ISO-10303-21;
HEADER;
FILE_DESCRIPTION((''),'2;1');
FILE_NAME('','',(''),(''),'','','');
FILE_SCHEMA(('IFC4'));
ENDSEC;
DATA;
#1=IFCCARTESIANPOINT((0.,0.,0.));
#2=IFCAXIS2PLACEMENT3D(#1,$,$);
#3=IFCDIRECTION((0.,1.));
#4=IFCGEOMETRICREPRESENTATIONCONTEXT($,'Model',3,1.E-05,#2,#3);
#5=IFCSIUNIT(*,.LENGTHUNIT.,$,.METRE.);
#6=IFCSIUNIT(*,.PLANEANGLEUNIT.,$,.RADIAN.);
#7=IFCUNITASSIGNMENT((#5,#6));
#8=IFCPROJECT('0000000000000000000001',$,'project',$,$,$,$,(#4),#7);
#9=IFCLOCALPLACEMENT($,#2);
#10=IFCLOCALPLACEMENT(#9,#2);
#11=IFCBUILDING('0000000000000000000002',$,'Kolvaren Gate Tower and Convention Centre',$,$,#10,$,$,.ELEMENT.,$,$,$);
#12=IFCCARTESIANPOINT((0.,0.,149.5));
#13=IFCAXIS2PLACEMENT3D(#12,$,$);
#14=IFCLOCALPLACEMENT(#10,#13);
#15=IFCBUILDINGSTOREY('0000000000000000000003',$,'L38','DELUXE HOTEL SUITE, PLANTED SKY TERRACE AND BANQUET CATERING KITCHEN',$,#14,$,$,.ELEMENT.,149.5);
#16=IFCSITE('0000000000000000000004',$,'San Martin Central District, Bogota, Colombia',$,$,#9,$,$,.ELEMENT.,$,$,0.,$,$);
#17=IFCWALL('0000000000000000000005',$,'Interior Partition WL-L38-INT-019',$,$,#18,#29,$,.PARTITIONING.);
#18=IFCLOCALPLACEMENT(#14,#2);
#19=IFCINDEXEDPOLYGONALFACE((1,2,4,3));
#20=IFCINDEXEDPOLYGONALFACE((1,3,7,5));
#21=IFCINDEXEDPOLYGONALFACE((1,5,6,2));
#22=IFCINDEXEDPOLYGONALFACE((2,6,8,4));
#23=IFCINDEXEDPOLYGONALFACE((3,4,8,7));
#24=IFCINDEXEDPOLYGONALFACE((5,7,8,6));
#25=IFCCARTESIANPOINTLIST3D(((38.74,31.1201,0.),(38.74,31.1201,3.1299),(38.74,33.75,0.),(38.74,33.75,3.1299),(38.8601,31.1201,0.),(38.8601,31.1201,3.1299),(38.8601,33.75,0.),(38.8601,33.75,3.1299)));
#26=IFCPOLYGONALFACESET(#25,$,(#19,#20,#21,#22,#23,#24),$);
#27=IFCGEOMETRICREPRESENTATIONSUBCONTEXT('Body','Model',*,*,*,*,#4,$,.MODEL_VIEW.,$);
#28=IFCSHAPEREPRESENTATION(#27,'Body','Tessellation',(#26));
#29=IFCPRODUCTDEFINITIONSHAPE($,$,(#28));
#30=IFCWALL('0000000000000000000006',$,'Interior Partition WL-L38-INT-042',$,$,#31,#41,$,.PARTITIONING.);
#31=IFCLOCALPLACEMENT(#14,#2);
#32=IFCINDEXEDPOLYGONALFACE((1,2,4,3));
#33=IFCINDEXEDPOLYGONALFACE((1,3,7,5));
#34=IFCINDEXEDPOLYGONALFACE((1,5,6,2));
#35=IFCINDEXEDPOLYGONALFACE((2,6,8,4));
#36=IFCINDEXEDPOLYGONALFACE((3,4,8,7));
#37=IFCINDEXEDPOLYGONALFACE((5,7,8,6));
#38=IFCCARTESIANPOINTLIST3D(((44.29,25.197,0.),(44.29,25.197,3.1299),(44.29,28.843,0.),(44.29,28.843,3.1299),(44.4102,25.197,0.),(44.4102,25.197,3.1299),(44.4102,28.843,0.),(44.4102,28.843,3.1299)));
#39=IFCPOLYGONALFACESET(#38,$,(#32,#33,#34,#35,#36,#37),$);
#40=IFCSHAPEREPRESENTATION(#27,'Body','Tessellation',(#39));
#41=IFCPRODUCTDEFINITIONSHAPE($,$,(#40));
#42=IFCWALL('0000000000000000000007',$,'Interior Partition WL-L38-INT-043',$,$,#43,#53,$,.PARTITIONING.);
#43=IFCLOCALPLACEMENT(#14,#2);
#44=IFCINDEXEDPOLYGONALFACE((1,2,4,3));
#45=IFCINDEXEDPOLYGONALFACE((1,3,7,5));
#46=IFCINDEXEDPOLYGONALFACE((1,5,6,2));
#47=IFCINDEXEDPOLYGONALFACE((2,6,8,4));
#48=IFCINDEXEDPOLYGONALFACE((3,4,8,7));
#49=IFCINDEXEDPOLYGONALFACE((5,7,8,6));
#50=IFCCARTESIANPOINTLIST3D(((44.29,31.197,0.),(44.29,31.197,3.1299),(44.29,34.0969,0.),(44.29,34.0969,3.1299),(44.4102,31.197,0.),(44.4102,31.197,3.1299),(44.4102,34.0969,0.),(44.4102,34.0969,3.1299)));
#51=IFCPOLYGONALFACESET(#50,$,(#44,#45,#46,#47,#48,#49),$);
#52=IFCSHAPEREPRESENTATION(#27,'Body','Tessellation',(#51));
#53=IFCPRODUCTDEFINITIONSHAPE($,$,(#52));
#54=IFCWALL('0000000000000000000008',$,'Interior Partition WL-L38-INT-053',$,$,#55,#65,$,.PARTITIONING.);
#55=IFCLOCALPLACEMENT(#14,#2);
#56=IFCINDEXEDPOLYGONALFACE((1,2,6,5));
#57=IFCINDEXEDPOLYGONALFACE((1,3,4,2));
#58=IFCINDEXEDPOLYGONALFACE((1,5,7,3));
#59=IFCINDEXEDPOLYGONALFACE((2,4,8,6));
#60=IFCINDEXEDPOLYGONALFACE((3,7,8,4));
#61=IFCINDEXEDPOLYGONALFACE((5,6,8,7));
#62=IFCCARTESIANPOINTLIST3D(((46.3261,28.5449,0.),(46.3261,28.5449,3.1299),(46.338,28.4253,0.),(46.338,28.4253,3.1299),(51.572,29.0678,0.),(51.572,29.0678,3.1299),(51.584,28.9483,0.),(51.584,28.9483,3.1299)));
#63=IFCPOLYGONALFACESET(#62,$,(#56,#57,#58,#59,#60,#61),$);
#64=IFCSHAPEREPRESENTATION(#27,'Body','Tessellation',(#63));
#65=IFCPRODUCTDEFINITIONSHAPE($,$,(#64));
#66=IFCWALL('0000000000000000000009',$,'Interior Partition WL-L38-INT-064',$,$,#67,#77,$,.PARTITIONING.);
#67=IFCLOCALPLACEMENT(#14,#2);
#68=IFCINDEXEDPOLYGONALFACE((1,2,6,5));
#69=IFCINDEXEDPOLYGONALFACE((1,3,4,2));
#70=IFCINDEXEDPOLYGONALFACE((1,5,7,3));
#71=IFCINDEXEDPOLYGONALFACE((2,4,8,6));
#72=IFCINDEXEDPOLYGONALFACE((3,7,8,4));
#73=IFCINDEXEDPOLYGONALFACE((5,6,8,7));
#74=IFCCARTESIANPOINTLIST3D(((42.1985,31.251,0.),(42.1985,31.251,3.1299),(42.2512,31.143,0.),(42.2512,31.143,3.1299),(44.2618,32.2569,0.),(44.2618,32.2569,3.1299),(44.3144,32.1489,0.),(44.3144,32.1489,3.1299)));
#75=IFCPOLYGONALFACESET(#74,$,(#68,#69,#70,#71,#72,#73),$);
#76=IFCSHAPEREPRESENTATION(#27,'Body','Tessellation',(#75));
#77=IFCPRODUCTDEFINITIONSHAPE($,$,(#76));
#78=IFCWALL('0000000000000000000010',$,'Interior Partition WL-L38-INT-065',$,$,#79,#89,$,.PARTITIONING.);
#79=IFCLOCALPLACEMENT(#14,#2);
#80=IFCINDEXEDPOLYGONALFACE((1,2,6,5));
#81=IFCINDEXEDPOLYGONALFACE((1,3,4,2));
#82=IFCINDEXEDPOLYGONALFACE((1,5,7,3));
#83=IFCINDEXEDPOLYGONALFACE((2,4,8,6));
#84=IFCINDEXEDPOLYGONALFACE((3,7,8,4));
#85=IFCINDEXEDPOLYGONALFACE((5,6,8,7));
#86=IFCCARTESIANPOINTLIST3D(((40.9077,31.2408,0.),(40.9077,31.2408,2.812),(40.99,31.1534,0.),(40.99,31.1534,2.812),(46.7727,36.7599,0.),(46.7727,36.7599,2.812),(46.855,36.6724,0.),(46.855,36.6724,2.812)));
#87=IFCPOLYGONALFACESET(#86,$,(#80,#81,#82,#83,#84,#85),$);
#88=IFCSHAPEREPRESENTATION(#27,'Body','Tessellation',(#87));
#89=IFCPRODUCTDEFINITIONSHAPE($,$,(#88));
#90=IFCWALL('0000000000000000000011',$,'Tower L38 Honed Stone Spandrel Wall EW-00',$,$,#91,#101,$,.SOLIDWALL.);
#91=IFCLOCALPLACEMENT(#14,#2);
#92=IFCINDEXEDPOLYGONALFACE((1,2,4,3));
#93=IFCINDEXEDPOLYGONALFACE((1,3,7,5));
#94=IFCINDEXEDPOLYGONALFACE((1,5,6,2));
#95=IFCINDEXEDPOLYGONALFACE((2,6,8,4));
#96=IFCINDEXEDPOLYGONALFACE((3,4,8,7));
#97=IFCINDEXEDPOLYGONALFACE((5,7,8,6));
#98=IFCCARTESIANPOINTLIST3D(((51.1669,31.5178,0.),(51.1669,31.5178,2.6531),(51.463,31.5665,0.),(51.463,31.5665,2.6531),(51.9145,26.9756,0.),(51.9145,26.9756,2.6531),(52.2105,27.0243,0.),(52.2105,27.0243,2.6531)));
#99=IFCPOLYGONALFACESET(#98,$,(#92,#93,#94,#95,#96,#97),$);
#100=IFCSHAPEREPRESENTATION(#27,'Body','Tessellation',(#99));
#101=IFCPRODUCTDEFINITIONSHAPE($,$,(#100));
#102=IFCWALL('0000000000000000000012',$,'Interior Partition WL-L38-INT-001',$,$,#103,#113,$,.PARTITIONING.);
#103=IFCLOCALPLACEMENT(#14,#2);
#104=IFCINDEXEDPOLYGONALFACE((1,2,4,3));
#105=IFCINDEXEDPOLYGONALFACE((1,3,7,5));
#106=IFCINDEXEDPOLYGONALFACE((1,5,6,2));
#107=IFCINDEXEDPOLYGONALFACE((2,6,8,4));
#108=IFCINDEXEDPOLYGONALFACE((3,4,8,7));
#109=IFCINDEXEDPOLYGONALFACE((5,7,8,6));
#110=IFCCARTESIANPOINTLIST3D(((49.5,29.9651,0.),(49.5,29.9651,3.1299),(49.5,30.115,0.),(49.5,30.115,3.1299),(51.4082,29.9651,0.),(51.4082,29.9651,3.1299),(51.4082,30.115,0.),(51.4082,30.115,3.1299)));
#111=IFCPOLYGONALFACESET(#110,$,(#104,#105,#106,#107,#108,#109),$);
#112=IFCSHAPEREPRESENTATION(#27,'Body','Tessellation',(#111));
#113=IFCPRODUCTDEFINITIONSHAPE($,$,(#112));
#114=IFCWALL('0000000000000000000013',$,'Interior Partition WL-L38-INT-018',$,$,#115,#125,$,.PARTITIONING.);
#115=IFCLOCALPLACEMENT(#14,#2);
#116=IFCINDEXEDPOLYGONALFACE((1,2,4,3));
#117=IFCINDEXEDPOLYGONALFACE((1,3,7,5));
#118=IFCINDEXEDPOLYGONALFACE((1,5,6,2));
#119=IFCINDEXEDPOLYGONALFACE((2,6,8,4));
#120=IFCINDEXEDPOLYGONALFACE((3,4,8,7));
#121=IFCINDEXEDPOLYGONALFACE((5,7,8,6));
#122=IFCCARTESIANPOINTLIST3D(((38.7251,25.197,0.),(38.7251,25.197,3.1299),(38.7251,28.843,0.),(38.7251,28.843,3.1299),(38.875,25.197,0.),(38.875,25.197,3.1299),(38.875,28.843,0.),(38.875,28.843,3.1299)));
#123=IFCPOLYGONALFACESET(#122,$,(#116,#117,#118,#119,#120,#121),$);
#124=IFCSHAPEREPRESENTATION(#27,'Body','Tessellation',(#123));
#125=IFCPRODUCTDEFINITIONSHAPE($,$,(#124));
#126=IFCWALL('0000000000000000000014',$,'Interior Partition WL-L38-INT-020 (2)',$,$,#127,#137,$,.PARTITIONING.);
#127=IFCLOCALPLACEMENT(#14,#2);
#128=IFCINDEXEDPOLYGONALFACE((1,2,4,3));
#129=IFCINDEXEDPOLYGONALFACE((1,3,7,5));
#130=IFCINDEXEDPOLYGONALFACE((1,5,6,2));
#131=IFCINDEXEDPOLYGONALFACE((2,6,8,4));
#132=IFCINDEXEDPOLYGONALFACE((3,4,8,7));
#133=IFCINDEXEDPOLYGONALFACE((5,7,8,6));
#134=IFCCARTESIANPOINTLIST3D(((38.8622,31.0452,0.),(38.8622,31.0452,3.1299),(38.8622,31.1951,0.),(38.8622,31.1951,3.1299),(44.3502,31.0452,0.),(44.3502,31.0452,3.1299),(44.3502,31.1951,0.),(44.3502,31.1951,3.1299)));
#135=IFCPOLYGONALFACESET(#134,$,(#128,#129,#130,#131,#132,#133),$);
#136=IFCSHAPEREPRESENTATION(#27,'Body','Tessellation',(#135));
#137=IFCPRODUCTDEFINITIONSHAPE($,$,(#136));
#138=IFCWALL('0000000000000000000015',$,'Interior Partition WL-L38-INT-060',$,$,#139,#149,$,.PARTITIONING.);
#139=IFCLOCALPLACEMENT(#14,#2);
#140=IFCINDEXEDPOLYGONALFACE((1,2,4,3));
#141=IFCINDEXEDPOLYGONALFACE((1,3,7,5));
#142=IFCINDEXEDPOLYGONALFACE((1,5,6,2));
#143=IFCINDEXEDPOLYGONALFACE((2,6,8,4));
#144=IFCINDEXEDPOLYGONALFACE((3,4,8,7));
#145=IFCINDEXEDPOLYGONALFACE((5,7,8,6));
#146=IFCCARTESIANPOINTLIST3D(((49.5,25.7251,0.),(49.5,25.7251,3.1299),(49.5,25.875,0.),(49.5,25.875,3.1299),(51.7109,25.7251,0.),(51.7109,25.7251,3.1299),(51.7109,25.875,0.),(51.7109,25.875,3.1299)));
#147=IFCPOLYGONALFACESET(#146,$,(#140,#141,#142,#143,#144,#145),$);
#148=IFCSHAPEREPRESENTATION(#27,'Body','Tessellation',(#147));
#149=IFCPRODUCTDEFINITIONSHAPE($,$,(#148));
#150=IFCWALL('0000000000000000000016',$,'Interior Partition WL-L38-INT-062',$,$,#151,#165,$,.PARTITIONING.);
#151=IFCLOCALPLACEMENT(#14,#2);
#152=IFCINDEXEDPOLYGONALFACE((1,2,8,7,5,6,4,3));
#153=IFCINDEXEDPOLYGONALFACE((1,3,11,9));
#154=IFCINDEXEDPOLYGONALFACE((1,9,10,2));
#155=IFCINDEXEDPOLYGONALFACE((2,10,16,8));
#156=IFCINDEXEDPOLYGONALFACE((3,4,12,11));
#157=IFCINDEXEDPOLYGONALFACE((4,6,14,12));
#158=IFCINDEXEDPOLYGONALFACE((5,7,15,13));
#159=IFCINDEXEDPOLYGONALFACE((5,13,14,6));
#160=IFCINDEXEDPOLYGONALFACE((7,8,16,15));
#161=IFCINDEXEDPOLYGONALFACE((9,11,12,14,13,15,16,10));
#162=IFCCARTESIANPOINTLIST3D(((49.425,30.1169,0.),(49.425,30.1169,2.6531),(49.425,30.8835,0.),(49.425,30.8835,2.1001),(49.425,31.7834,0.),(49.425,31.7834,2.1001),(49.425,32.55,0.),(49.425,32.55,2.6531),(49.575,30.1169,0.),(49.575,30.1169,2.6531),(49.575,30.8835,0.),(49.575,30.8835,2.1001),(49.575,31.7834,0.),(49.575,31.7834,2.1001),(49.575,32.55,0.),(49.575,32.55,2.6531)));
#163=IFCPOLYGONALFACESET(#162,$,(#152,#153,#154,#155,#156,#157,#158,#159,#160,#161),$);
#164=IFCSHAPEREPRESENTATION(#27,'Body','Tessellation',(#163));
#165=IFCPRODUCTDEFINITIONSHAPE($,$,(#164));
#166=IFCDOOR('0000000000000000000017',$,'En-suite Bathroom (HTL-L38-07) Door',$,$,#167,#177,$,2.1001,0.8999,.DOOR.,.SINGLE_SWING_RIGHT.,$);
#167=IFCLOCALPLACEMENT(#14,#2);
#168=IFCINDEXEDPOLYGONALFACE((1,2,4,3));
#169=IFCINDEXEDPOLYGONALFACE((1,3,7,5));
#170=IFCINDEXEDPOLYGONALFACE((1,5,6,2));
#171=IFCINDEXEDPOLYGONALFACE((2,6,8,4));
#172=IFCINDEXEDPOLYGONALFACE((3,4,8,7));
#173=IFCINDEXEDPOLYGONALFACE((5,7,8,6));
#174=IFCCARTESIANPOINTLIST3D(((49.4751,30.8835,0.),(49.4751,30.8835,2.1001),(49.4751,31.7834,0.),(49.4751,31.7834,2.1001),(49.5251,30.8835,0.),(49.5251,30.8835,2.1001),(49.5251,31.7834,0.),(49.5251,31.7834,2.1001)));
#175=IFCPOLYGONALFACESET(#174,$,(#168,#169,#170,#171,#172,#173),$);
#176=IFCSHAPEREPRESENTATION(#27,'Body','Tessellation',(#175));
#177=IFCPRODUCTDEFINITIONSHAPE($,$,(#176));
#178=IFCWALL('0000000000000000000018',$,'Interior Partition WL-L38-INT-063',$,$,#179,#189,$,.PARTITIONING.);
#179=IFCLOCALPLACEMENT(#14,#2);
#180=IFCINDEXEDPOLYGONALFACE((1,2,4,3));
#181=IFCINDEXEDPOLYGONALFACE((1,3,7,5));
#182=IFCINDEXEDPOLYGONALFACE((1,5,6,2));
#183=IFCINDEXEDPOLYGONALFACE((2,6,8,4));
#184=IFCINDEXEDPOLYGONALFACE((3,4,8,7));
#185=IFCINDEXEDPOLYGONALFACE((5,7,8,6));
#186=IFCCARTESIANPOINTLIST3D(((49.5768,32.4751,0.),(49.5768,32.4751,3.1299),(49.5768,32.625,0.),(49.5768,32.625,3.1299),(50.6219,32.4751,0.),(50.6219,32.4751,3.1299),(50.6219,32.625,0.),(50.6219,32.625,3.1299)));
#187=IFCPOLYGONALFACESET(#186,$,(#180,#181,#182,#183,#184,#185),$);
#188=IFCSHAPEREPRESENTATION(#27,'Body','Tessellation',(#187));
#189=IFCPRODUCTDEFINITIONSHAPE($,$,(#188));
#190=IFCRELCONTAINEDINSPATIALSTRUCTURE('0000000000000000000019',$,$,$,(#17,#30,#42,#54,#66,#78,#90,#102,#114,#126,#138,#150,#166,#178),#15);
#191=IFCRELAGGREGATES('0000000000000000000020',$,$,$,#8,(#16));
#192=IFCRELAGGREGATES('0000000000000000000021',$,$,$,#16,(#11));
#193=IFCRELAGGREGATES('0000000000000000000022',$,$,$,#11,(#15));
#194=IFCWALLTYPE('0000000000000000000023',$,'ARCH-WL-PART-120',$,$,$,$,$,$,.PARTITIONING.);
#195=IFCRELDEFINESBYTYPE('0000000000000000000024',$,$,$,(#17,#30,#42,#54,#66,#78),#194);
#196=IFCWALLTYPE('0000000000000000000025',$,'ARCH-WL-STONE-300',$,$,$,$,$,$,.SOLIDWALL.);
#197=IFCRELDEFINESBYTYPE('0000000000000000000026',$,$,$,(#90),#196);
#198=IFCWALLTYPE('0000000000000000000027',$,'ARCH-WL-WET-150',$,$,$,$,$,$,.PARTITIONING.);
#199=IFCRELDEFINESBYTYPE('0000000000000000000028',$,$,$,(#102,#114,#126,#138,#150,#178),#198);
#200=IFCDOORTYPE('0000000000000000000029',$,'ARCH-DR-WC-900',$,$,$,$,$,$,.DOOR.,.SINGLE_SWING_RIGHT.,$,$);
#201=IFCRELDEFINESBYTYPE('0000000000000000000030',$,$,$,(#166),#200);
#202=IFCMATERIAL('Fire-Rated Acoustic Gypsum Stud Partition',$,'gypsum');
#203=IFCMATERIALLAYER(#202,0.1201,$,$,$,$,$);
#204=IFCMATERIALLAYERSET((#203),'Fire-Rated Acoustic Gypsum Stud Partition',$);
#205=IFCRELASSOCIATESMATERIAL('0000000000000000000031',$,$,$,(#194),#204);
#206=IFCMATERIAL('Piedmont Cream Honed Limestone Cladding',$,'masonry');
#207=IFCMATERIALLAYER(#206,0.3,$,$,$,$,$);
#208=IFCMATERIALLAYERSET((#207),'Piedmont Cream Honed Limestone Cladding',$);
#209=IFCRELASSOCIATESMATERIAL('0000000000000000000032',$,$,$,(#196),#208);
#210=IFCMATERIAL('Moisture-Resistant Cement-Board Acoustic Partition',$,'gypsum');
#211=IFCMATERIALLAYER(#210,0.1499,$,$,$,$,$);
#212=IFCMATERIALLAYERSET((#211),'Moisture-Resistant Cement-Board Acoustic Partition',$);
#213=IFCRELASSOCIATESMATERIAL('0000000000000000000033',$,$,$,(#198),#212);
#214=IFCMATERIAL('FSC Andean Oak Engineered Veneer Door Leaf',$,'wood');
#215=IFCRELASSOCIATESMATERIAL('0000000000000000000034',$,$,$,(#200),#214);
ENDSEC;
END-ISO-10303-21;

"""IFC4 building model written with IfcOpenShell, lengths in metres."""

from ifc_helpers import new_model, si_unit, direction, frame, frame_2d, origin, place, context, subcontext, project, spatial, rectangle, extrude, material, layer, layer_set, type_object, element, fill, save


model = new_model("IFC4")

# Units and contexts
model_context = context("Model", 3, precision=1e-05, world=origin(), true_north=direction((0.0, 1.0)))
body_context = subcontext(model_context, "Body", "Model", "MODEL_VIEW")
ifc_project = project(units=[si_unit("LENGTHUNIT", "METRE"), si_unit("PLANEANGLEUNIT", "RADIAN")], contexts=[model_context])

# Site, building, storey
site_placement = place(None, origin())
site = spatial("IfcSite", under=ifc_project, at=site_placement, Name="San Martin Central District, Bogota, Colombia", CompositionType="ELEMENT", RefElevation=0.0)
building_placement = place(site_placement, origin())
building = spatial("IfcBuilding", under=site, at=building_placement, Name="Kolvaren Gate Tower and Convention Centre", CompositionType="ELEMENT")
storey_placement = place(building_placement, frame((0.0, 0.0, 149.5)))
storey = spatial("IfcBuildingStorey", under=building, at=storey_placement, Name="L38", Description="DELUXE HOTEL SUITE, PLANTED SKY TERRACE AND BANQUET CATERING KITCHEN", CompositionType="ELEMENT", Elevation=149.5)

# Walls
ifc_material_1 = material(Name="Fire-Rated Acoustic Gypsum Stud Partition", Category="gypsum")
ifc_layer_1 = layer(ifc_material_1, 0.1201)
ifc_layer_set_1 = layer_set([ifc_layer_1], Name="Fire-Rated Acoustic Gypsum Stud Partition")
wall_type_1 = type_object("IfcWallType", Name="ARCH-WL-PART-120", PredefinedType="PARTITIONING", material=ifc_layer_set_1)
wall_1_placement = place(storey_placement, frame((38.8, 31.1201, 0.0), z_axis=(0.0, 0.0, 1.0), x_axis=(0.0, 1.0, 0.0)))
element("IfcWall", 1, at=wall_1_placement, inside=storey, type_object=wall_type_1, Name="Interior Partition WL-L38-INT-019", PredefinedType="PARTITIONING", context=body_context, shape_type="SweptSolid", body=[
    extrude(rectangle(XDim=2.6299, YDim=0.1201, at=frame_2d((1.3149, 0.0))), origin(), (0.0, 0.0, 1.0), 3.1299),
])
wall_2_placement = place(storey_placement, frame((44.3501, 25.197, 0.0), z_axis=(0.0, 0.0, 1.0), x_axis=(0.0, 1.0, 0.0)))
element("IfcWall", 2, at=wall_2_placement, inside=storey, type_object=wall_type_1, Name="Interior Partition WL-L38-INT-042", PredefinedType="PARTITIONING", context=body_context, shape_type="SweptSolid", body=[
    extrude(rectangle(XDim=3.646, YDim=0.1201, at=frame_2d((1.823, 0.0))), origin(), (0.0, 0.0, 1.0), 3.1299),
])
wall_3_placement = place(storey_placement, frame((44.3501, 31.197, 0.0), z_axis=(0.0, 0.0, 1.0), x_axis=(0.0, 1.0, 0.0)))
element("IfcWall", 3, at=wall_3_placement, inside=storey, type_object=wall_type_1, Name="Interior Partition WL-L38-INT-043", PredefinedType="PARTITIONING", context=body_context, shape_type="SweptSolid", body=[
    extrude(rectangle(XDim=2.8999, YDim=0.1201, at=frame_2d((1.45, 0.0))), origin(), (0.0, 0.0, 1.0), 3.1299),
])
wall_4_placement = place(storey_placement, frame((46.332, 28.4851, 0.0), z_axis=(0.0, 0.0, 1.0), x_axis=(0.995068, 0.099197, 0.0)))
element("IfcWall", 4, at=wall_4_placement, inside=storey, type_object=wall_type_1, Name="Interior Partition WL-L38-INT-053", PredefinedType="PARTITIONING", context=body_context, shape_type="SweptSolid", body=[
    extrude(rectangle(XDim=5.272, YDim=0.1201, at=frame_2d((2.636, 0.0))), origin(), (0.0, 0.0, 1.0), 3.1299),
])
wall_5_placement = place(storey_placement, frame((42.2249, 31.197, 0.0), z_axis=(0.0, 0.0, 1.0), x_axis=(0.898871, 0.438214, 0.0)))
element("IfcWall", 5, at=wall_5_placement, inside=storey, type_object=wall_type_1, Name="Interior Partition WL-L38-INT-064", PredefinedType="PARTITIONING", context=body_context, shape_type="SweptSolid", body=[
    extrude(rectangle(XDim=2.2954, YDim=0.1201, at=frame_2d((1.1477, 0.0))), origin(), (0.0, 0.0, 1.0), 3.1299),
])
wall_6_placement = place(storey_placement, frame((40.9487, 31.197, 0.0), z_axis=(0.0, 0.0, 1.0), x_axis=(0.728259, 0.685302, 0.0)))
element("IfcWall", 6, at=wall_6_placement, inside=storey, type_object=wall_type_1, Name="Interior Partition WL-L38-INT-065", PredefinedType="PARTITIONING", context=body_context, shape_type="SweptSolid", body=[
    extrude(rectangle(XDim=8.0535, YDim=0.1201, at=frame_2d((4.0269, 0.0))), origin(), (0.0, 0.0, 1.0), 2.812),
])
ifc_material_2 = material(Name="Piedmont Cream Honed Limestone Cladding", Category="masonry")
ifc_layer_2 = layer(ifc_material_2, 0.3)
ifc_layer_set_2 = layer_set([ifc_layer_2], Name="Piedmont Cream Honed Limestone Cladding")
wall_type_2 = type_object("IfcWallType", Name="ARCH-WL-STONE-300", PredefinedType="SOLIDWALL", material=ifc_layer_set_2)
wall_7_placement = place(storey_placement, frame((51.3149, 31.5422, 0.0), z_axis=(0.0, 0.0, 1.0), x_axis=(0.162395, -0.986726, 0.0)))
element("IfcWall", 7, at=wall_7_placement, inside=storey, type_object=wall_type_2, Name="Tower L38 Honed Stone Spandrel Wall EW-00", PredefinedType="SOLIDWALL", context=body_context, shape_type="SweptSolid", body=[
    extrude(rectangle(XDim=4.6033, YDim=0.3, at=frame_2d((2.3018, 0.0))), origin(), (0.0, 0.0, 1.0), 2.6531),
])
ifc_material_3 = material(Name="Moisture-Resistant Cement-Board Acoustic Partition", Category="gypsum")
ifc_layer_3 = layer(ifc_material_3, 0.1499)
ifc_layer_set_3 = layer_set([ifc_layer_3], Name="Moisture-Resistant Cement-Board Acoustic Partition")
wall_type_3 = type_object("IfcWallType", Name="ARCH-WL-WET-150", PredefinedType="PARTITIONING", material=ifc_layer_set_3)
wall_8_placement = place(storey_placement, frame((49.5, 30.04, 0.0), z_axis=(0.0, 0.0, 1.0), x_axis=(1.0, 0.0, 0.0)))
element("IfcWall", 8, at=wall_8_placement, inside=storey, type_object=wall_type_3, Name="Interior Partition WL-L38-INT-001", PredefinedType="PARTITIONING", context=body_context, shape_type="SweptSolid", body=[
    extrude(rectangle(XDim=1.9082, YDim=0.1499, at=frame_2d((0.9541, 0.0))), origin(), (0.0, 0.0, 1.0), 3.1299),
])
wall_9_placement = place(storey_placement, frame((38.8, 25.197, 0.0), z_axis=(0.0, 0.0, 1.0), x_axis=(0.0, 1.0, 0.0)))
element("IfcWall", 9, at=wall_9_placement, inside=storey, type_object=wall_type_3, Name="Interior Partition WL-L38-INT-018", PredefinedType="PARTITIONING", context=body_context, shape_type="SweptSolid", body=[
    extrude(rectangle(XDim=3.646, YDim=0.1499, at=frame_2d((1.823, 0.0))), origin(), (0.0, 0.0, 1.0), 3.1299),
])
wall_10_placement = place(storey_placement, frame((38.8621, 31.1201, 0.0), z_axis=(0.0, 0.0, 1.0), x_axis=(1.0, 0.0, 0.0)))
element("IfcWall", 10, at=wall_10_placement, inside=storey, type_object=wall_type_3, Name="Interior Partition WL-L38-INT-020 (2)", PredefinedType="PARTITIONING", context=body_context, shape_type="SweptSolid", body=[
    extrude(rectangle(XDim=5.488, YDim=0.1499, at=frame_2d((2.7441, 0.0))), origin(), (0.0, 0.0, 1.0), 3.1299),
])
wall_11_placement = place(storey_placement, frame((49.5, 25.8, 0.0), z_axis=(0.0, 0.0, 1.0), x_axis=(1.0, 0.0, 0.0)))
element("IfcWall", 11, at=wall_11_placement, inside=storey, type_object=wall_type_3, Name="Interior Partition WL-L38-INT-060", PredefinedType="PARTITIONING", context=body_context, shape_type="SweptSolid", body=[
    extrude(rectangle(XDim=2.2109, YDim=0.1499, at=frame_2d((1.1055, 0.0))), origin(), (0.0, 0.0, 1.0), 3.1299),
])

# Wall, opening, door
wall_12_placement = place(storey_placement, frame((49.5, 30.1169, 0.0), z_axis=(0.0, 0.0, 1.0), x_axis=(0.0, 1.0, 0.0)))
wall_12 = element("IfcWall", 12, at=wall_12_placement, inside=storey, type_object=wall_type_3, Name="Interior Partition WL-L38-INT-062", PredefinedType="PARTITIONING", context=body_context, shape_type="SweptSolid", body=[
    extrude(rectangle(XDim=2.4331, YDim=0.1499, at=frame_2d((1.2166, 0.0))), origin(), (0.0, 0.0, 1.0), 2.6531),
])
opening_placement = place(wall_12_placement, frame((0.7666, 0.0, 0.0)))
opening = element("IfcOpeningElement", 13, at=opening_placement, cuts=wall_12, PredefinedType="OPENING", context=body_context, shape_type="SweptSolid", body=[
    extrude(rectangle(XDim=0.8999, YDim=2.1001, at=frame_2d((0.45, 1.05))), frame((0.0, 0.085, 0.0), z_axis=(0.0, -1.0, 0.0), x_axis=(1.0, 0.0, 0.0)), (0.0, 0.0, 1.0), 0.1699),
])
ifc_material_4 = material(Name="FSC Andean Oak Engineered Veneer Door Leaf", Category="wood")
door_type = type_object("IfcDoorType", Name="ARCH-DR-WC-900", OperationType="SINGLE_SWING_RIGHT", PredefinedType="DOOR", material=ifc_material_4)
door_placement = place(opening_placement, origin())
door = element("IfcDoor", 14, at=door_placement, inside=storey, type_object=door_type, Name="En-suite Bathroom (HTL-L38-07) Door", OperationType="SINGLE_SWING_RIGHT", OverallHeight=2.1001, OverallWidth=0.8999, PredefinedType="DOOR", context=body_context, shape_type="SweptSolid", body=[
    extrude(rectangle(XDim=0.8999, YDim=2.1001, at=frame_2d((0.45, 1.05))), frame((0.0, 0.0249, 0.0), z_axis=(0.0, -1.0, 0.0), x_axis=(1.0, 0.0, 0.0)), (0.0, 0.0, 1.0), 0.05),
])
fill(opening, door)

# Wall
wall_13_placement = place(storey_placement, frame((49.5769, 32.55, 0.0), z_axis=(0.0, 0.0, 1.0), x_axis=(1.0, 0.0, 0.0)))
element("IfcWall", 15, at=wall_13_placement, inside=storey, type_object=wall_type_3, Name="Interior Partition WL-L38-INT-063", PredefinedType="PARTITIONING", context=body_context, shape_type="SweptSolid", body=[
    extrude(rectangle(XDim=1.0452, YDim=0.1499, at=frame_2d((0.5225, 0.0))), origin(), (0.0, 0.0, 1.0), 3.1299),
])

save(model, "model.ifc")
